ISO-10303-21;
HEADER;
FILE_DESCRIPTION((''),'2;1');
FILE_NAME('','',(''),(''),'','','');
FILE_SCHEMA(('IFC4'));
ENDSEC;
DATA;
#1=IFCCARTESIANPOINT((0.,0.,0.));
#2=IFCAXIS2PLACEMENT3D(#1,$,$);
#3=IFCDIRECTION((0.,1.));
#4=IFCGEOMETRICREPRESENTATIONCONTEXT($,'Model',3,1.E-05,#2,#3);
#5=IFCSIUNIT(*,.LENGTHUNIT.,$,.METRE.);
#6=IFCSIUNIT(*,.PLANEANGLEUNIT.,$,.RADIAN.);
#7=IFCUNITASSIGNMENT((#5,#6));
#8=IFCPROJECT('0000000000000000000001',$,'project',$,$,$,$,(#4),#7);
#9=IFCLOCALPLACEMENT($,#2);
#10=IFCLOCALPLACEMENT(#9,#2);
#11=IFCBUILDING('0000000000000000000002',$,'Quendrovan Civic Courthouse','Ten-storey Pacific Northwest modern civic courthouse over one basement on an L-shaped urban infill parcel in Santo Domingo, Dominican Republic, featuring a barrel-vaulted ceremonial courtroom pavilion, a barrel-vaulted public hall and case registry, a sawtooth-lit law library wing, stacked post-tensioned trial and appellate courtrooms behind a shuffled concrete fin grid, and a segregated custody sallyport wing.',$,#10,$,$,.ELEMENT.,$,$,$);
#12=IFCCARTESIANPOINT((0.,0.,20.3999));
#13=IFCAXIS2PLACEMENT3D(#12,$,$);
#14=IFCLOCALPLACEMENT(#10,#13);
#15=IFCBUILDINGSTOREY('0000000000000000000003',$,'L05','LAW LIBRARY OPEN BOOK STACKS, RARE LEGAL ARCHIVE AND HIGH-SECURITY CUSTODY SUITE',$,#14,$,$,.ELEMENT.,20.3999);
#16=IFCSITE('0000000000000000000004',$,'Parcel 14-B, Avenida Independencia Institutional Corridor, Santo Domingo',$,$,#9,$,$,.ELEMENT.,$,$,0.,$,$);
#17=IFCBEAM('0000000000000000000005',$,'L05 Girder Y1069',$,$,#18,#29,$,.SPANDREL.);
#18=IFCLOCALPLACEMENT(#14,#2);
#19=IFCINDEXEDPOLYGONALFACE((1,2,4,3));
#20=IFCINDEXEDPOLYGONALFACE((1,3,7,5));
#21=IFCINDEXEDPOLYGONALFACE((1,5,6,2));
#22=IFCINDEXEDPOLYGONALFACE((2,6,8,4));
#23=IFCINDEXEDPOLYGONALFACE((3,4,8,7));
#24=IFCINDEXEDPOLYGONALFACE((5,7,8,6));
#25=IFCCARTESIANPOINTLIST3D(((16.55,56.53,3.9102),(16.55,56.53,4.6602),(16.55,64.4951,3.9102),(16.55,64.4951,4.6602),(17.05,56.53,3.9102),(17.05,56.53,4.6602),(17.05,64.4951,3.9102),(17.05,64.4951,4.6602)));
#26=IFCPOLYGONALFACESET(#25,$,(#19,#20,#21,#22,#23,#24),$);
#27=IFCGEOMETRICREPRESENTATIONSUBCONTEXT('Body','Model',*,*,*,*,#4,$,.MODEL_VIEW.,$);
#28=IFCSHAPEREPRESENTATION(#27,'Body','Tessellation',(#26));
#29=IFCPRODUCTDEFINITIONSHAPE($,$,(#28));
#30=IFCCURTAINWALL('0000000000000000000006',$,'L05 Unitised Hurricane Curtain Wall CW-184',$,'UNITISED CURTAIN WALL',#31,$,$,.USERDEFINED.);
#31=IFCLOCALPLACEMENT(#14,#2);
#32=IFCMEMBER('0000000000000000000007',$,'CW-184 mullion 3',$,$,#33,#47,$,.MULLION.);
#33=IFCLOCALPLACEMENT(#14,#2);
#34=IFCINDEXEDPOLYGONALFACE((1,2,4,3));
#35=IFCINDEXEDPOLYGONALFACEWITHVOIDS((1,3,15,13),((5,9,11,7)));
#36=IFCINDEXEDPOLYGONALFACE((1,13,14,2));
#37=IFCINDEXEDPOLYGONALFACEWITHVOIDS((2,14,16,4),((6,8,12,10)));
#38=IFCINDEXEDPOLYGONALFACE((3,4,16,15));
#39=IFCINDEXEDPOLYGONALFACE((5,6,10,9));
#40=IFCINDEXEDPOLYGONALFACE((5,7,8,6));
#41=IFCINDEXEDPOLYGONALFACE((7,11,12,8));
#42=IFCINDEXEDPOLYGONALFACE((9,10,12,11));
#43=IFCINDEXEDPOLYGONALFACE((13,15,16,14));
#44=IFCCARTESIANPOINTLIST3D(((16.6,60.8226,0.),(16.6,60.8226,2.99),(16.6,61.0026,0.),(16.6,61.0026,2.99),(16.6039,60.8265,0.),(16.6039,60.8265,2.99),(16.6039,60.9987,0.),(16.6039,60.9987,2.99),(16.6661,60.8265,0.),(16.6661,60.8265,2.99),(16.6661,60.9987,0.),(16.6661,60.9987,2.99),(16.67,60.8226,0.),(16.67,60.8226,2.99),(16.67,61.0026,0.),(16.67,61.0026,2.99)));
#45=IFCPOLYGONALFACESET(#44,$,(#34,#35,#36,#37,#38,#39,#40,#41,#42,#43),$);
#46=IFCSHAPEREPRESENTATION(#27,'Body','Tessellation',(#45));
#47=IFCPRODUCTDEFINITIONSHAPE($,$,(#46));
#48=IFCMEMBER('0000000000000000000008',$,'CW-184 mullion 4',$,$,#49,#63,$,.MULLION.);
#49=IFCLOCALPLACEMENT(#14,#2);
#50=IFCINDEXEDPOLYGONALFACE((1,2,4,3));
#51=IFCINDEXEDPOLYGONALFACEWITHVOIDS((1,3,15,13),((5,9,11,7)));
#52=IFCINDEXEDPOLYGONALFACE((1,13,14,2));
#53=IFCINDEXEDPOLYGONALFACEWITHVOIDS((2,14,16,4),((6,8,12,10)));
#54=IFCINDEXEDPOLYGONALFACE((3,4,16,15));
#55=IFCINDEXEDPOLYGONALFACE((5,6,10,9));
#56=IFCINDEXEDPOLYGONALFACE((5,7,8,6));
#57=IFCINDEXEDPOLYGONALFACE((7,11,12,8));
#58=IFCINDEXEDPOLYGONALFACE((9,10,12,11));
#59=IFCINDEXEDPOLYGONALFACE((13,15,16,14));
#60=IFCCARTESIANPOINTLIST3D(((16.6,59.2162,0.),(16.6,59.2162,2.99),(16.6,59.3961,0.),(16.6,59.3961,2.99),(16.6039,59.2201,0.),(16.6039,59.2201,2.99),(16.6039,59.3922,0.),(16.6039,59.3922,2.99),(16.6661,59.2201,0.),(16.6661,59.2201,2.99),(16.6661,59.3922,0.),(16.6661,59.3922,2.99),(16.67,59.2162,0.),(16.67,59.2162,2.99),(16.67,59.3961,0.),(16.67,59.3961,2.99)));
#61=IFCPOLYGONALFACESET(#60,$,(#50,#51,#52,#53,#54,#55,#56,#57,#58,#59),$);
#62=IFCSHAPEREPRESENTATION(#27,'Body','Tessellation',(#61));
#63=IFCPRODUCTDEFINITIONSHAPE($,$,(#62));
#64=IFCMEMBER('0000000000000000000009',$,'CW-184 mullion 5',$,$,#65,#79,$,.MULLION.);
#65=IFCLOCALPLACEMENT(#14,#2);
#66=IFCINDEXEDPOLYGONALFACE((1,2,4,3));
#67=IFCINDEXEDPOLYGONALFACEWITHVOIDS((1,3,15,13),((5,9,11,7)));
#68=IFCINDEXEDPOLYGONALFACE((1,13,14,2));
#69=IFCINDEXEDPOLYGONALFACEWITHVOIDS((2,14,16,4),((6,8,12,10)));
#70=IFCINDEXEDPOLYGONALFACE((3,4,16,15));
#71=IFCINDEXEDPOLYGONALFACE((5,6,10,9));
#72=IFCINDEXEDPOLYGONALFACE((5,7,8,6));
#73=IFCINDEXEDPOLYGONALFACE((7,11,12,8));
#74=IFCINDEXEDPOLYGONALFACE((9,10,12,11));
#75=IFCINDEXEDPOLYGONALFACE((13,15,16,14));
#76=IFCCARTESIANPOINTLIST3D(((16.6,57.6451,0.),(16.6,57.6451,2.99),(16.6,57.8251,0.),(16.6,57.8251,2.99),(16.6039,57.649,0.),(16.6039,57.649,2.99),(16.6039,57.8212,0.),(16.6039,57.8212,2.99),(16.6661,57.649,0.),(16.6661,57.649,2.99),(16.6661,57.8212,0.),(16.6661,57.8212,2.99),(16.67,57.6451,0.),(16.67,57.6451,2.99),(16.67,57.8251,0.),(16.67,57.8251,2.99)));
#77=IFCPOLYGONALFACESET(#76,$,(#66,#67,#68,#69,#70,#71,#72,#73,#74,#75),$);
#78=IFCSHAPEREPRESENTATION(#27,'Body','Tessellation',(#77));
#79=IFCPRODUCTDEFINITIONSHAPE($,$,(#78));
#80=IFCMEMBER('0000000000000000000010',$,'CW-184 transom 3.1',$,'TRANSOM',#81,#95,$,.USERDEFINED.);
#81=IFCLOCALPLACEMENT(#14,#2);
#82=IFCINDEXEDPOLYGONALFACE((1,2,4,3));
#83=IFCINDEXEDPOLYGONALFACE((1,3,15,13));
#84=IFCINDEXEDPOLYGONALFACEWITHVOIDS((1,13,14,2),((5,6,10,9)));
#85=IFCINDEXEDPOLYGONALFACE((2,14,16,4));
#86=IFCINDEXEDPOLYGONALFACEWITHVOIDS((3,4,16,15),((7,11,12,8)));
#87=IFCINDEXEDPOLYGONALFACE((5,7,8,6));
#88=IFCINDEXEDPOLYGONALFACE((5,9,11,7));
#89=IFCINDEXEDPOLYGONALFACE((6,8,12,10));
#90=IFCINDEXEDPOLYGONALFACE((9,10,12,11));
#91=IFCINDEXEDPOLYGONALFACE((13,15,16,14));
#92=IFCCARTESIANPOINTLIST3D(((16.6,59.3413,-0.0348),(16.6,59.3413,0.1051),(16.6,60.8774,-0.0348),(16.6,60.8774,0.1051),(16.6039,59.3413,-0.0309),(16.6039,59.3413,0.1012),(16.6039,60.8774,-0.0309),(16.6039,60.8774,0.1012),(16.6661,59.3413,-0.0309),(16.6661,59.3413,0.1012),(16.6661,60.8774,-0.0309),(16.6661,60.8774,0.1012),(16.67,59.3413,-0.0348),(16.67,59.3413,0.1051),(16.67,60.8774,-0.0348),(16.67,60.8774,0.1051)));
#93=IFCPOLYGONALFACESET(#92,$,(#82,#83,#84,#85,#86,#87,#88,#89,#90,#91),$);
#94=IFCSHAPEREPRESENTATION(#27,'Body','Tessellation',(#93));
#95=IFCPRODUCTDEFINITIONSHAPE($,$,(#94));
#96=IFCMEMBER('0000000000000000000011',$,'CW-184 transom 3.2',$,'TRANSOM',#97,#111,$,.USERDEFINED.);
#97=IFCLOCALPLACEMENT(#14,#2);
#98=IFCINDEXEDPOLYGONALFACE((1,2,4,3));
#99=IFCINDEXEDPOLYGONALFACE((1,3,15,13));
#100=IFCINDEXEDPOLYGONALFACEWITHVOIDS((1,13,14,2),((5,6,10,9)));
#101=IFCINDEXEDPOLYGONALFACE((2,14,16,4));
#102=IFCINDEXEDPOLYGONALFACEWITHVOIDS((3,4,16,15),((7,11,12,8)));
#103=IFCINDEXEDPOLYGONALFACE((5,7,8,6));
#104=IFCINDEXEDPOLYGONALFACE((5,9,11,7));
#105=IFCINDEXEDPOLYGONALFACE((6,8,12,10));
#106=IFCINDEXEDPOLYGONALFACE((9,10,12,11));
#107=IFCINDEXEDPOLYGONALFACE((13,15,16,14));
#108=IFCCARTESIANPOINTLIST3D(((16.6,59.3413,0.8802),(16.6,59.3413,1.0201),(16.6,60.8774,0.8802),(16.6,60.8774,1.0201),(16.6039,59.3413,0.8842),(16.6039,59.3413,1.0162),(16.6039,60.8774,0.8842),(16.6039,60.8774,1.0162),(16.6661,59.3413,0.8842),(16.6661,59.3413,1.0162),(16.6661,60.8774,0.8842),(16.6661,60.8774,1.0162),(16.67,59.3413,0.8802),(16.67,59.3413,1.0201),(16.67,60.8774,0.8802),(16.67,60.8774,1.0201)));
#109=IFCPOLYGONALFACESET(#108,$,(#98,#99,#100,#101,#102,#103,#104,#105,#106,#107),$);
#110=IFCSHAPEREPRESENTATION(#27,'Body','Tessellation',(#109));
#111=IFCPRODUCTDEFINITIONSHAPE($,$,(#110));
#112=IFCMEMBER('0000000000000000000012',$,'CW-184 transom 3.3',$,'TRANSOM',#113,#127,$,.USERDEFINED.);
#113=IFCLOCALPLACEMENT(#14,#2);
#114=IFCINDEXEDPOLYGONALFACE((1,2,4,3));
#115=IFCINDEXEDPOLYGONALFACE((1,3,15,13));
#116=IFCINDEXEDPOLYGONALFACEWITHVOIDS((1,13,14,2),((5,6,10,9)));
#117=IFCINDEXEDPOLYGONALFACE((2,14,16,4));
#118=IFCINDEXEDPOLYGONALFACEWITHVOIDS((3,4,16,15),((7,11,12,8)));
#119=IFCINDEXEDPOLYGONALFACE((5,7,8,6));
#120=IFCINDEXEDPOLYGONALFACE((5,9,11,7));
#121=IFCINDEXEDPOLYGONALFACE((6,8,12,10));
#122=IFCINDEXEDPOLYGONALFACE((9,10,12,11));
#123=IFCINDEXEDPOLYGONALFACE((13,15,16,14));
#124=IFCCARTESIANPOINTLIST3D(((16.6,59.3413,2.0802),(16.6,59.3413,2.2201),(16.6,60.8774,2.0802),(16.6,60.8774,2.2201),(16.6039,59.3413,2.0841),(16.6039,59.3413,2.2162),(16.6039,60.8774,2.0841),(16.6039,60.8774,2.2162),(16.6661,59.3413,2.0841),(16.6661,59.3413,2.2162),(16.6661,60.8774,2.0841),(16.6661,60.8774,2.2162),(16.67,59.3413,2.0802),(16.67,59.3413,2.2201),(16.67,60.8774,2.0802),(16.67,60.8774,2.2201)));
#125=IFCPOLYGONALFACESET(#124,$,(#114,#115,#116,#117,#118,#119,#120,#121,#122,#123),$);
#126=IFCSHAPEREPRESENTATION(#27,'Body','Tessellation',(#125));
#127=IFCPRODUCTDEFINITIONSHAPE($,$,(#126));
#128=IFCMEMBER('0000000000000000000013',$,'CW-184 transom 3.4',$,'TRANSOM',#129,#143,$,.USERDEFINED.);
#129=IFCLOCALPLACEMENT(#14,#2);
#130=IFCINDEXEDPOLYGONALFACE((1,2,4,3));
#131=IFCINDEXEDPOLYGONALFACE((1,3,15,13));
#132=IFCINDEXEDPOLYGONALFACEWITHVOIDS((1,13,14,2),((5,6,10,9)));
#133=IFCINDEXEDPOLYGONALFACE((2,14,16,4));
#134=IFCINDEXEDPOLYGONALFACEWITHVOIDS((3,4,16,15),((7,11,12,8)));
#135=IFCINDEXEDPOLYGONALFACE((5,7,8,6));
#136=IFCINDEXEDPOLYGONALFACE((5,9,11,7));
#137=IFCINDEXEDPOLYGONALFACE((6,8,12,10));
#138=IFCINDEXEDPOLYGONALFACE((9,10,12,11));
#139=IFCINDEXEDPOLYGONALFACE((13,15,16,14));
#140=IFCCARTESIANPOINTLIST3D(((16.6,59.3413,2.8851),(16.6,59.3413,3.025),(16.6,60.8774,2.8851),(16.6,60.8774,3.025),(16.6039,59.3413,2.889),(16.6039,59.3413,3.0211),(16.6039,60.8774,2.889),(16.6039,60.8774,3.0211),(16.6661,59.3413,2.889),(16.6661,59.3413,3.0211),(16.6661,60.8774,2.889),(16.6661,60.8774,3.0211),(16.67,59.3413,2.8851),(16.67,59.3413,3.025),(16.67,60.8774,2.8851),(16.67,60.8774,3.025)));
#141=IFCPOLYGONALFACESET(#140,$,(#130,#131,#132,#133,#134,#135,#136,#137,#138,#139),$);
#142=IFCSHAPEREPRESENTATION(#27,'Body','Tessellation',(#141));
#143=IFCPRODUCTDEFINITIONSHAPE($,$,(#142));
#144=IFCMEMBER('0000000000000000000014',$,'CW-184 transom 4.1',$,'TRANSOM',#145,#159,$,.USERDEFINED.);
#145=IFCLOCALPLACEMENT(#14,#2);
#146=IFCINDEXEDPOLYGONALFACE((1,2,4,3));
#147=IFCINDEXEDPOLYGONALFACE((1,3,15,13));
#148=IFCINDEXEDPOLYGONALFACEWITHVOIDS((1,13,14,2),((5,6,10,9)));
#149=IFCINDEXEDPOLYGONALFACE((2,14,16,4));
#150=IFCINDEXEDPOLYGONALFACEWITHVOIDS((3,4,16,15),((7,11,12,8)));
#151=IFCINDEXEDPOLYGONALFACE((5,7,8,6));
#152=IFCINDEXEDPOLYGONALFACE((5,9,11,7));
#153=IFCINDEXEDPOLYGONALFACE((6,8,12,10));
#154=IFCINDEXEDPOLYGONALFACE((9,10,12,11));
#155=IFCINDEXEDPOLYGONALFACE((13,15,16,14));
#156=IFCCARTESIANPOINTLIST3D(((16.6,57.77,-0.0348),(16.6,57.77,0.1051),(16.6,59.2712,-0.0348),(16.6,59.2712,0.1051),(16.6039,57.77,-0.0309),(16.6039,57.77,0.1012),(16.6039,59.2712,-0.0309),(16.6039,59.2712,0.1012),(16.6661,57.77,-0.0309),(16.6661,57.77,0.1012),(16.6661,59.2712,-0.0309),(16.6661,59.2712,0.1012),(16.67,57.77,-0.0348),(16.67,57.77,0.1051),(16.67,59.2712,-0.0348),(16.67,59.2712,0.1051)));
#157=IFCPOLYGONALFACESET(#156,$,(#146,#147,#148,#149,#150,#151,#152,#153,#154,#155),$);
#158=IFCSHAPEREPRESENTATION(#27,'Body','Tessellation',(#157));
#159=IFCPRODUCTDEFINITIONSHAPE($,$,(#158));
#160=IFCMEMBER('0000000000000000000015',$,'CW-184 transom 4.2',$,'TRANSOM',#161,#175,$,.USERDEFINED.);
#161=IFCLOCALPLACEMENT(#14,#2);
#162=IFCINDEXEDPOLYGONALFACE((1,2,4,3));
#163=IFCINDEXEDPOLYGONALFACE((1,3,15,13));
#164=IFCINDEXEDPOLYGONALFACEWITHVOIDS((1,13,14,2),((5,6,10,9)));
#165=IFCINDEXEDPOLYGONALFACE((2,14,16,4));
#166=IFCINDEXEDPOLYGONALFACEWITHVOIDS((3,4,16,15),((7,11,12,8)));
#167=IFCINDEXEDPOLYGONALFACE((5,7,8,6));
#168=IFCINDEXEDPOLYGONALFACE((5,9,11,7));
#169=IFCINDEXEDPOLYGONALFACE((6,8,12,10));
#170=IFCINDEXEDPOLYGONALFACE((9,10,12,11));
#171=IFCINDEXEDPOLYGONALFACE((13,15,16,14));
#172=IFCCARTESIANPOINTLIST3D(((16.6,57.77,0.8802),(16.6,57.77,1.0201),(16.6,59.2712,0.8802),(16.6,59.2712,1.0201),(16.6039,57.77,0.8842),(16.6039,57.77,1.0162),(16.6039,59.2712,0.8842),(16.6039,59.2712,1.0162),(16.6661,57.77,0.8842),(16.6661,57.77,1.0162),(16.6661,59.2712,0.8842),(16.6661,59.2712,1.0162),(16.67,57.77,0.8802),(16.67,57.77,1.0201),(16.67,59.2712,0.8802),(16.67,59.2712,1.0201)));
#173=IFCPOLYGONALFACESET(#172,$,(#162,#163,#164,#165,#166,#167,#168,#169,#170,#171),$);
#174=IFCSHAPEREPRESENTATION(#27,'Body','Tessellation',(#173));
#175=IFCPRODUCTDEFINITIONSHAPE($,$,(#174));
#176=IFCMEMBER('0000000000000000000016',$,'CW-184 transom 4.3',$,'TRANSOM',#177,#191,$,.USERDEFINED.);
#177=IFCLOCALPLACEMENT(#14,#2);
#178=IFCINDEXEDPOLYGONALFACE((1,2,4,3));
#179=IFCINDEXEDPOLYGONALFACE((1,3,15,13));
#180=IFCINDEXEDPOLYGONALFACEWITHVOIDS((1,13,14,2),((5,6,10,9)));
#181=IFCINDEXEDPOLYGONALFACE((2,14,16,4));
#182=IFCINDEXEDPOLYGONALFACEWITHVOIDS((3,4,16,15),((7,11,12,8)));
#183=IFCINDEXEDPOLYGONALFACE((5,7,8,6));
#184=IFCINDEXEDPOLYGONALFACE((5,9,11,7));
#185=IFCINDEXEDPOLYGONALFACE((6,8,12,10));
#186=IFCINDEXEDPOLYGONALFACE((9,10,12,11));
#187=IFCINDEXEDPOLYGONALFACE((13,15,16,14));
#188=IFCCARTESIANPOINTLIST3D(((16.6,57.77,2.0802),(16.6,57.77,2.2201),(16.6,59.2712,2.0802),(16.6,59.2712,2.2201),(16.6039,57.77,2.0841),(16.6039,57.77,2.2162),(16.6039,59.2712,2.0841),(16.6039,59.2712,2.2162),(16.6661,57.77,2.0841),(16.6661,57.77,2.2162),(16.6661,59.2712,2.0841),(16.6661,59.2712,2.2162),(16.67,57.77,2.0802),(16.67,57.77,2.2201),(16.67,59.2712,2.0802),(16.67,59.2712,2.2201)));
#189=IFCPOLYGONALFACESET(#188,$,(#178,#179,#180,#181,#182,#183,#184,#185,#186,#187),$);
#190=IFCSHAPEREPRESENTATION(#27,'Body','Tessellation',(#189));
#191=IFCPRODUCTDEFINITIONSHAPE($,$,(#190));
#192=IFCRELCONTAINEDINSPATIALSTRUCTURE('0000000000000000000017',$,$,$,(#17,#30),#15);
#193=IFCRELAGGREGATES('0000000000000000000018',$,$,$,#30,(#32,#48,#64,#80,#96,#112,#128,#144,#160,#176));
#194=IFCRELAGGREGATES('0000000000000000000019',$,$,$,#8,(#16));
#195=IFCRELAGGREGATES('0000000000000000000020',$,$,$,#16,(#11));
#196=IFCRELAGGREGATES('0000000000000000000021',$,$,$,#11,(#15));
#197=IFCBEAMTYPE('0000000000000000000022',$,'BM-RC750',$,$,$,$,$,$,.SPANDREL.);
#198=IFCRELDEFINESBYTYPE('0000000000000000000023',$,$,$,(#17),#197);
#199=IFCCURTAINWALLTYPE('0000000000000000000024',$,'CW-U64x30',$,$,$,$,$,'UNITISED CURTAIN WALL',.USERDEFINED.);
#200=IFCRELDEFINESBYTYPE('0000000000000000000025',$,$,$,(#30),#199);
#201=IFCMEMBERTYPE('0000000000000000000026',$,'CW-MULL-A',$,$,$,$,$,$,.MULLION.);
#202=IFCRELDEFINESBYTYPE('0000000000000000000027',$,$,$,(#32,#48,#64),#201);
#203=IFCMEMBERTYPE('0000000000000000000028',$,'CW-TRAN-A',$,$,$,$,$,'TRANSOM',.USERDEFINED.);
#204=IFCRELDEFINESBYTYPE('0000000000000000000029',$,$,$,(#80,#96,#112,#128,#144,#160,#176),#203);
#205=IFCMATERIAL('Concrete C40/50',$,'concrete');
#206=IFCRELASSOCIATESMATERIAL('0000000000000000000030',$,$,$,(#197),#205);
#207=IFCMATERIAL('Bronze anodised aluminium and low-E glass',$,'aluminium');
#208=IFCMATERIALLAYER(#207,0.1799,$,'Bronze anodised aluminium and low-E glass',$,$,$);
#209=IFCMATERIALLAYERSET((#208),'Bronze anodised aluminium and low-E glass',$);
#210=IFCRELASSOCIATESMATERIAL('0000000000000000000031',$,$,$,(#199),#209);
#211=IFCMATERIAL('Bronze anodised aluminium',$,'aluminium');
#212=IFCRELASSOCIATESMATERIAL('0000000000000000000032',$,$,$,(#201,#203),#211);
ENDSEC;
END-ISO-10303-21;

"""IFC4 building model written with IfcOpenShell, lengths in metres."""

from ifc_helpers import new_model, si_unit, direction, frame, origin, origin_2d, place, context, subcontext, project, spatial, rectangle, hollow_rectangle, extrude, material, layer, layer_set, material_profile, profile_set, type_object, element, aggregate, save


model = new_model("IFC4")

# Units and contexts
model_context = context("Model", 3, precision=1e-05, world=origin(), true_north=direction((0.0, 1.0)))
body_context = subcontext(model_context, "Body", "Model", "MODEL_VIEW")
ifc_project = project(units=[si_unit("LENGTHUNIT", "METRE"), si_unit("PLANEANGLEUNIT", "RADIAN")], contexts=[model_context])

# Site, building, storey
site_placement = place(None, origin())
site = spatial("IfcSite", under=ifc_project, at=site_placement, Name="Parcel 14-B, Avenida Independencia Institutional Corridor, Santo Domingo", CompositionType="ELEMENT", RefElevation=0.0)
building_placement = place(site_placement, origin())
building = spatial("IfcBuilding", under=site, at=building_placement, Name="Quendrovan Civic Courthouse", Description="Ten-storey Pacific Northwest modern civic courthouse over one basement on an L-shaped urban infill parcel in Santo Domingo, Dominican Republic, featuring a barrel-vaulted ceremonial courtroom pavilion, a barrel-vaulted public hall and case registry, a sawtooth-lit law library wing, stacked post-tensioned trial and appellate courtrooms behind a shuffled concrete fin grid, and a segregated custody sallyport wing.", CompositionType="ELEMENT")
storey_placement = place(building_placement, frame((0.0, 0.0, 20.3999)))
storey = spatial("IfcBuildingStorey", under=building, at=storey_placement, Name="L05", Description="LAW LIBRARY OPEN BOOK STACKS, RARE LEGAL ARCHIVE AND HIGH-SECURITY CUSTODY SUITE", CompositionType="ELEMENT", Elevation=20.3999)

# Beam
ifc_material_1 = material(Name="Concrete C40/50", Category="concrete")
ifc_material_profile_1 = material_profile(ifc_material_1, rectangle(XDim=0.5, YDim=0.75, at=origin_2d()), Name="RC-BM-500x750")
ifc_profile_set_1 = profile_set([ifc_material_profile_1], Name="Concrete C40/50")
beam_type = type_object("IfcBeamType", Name="BM-RC750", PredefinedType="SPANDREL", material=ifc_profile_set_1)
beam_placement = place(storey_placement, frame((16.8, 56.53, 4.2852), z_axis=(0.0, 1.0, 0.0), x_axis=(-1.0, 0.0, 0.0)))
element("IfcBeam", 1, at=beam_placement, inside=storey, type_object=beam_type, Name="L05 Girder Y1069", PredefinedType="SPANDREL", context=body_context, shape_type="SweptSolid", body=[
    extrude(rectangle(XDim=0.5, YDim=0.75, at=origin_2d()), origin(), (0.0, 0.0, 1.0), 7.9651),
])

# Curtain wall, members
ifc_material_2 = material(Name="Bronze anodised aluminium and low-E glass", Category="aluminium")
ifc_layer_1 = layer(ifc_material_2, 0.1799, Name="Bronze anodised aluminium and low-E glass")
ifc_layer_set_1 = layer_set([ifc_layer_1], Name="Bronze anodised aluminium and low-E glass")
curtain_wall_type = type_object("IfcCurtainWallType", Name="CW-U64x30", ElementType="UNITISED CURTAIN WALL", PredefinedType="USERDEFINED", material=ifc_layer_set_1)
curtain_wall_placement = place(storey_placement, origin())
curtain_wall = element("IfcCurtainWall", 2, at=curtain_wall_placement, inside=storey, type_object=curtain_wall_type, Name="L05 Unitised Hurricane Curtain Wall CW-184", ObjectType="UNITISED CURTAIN WALL", PredefinedType="USERDEFINED")
ifc_material_3 = material(Name="Bronze anodised aluminium", Category="aluminium")
ifc_material_profile_2 = material_profile(ifc_material_3, hollow_rectangle(XDim=0.0701, YDim=0.1799, WallThickness=0.0039, at=origin_2d()), Name="CW-MULL-70x180")
ifc_profile_set_2 = profile_set([ifc_material_profile_2], Name="Bronze anodised aluminium")
member_type_1 = type_object("IfcMemberType", Name="CW-MULL-A", PredefinedType="MULLION", material=ifc_profile_set_2)
member_1_placement = place(storey_placement, frame((16.635, 60.9126, 0.0), z_axis=(0.0, 0.0, 1.0), x_axis=(1.0, 0.0, 0.0)))
member_1 = element("IfcMember", 3, at=member_1_placement, type_object=member_type_1, Name="CW-184 mullion 3", PredefinedType="MULLION", context=body_context, shape_type="SweptSolid", body=[
    extrude(hollow_rectangle(XDim=0.0701, YDim=0.1799, WallThickness=0.0039, at=origin_2d()), origin(), (0.0, 0.0, 1.0), 2.99),
])
member_2_placement = place(storey_placement, frame((16.635, 59.3062, 0.0), z_axis=(0.0, 0.0, 1.0), x_axis=(1.0, 0.0, 0.0)))
member_2 = element("IfcMember", 4, at=member_2_placement, type_object=member_type_1, Name="CW-184 mullion 4", PredefinedType="MULLION", context=body_context, shape_type="SweptSolid", body=[
    extrude(hollow_rectangle(XDim=0.0701, YDim=0.1799, WallThickness=0.0039, at=origin_2d()), origin(), (0.0, 0.0, 1.0), 2.99),
])
member_3_placement = place(storey_placement, frame((16.635, 57.7351, 0.0), z_axis=(0.0, 0.0, 1.0), x_axis=(1.0, 0.0, 0.0)))
member_3 = element("IfcMember", 5, at=member_3_placement, type_object=member_type_1, Name="CW-184 mullion 5", PredefinedType="MULLION", context=body_context, shape_type="SweptSolid", body=[
    extrude(hollow_rectangle(XDim=0.0701, YDim=0.1799, WallThickness=0.0039, at=origin_2d()), origin(), (0.0, 0.0, 1.0), 2.99),
])
ifc_material_profile_3 = material_profile(ifc_material_3, hollow_rectangle(XDim=0.0701, YDim=0.1399, WallThickness=0.0039, at=origin_2d()), Name="CW-TRAN-70x140")
ifc_profile_set_3 = profile_set([ifc_material_profile_3], Name="Bronze anodised aluminium")
member_type_2 = type_object("IfcMemberType", Name="CW-TRAN-A", ElementType="TRANSOM", PredefinedType="USERDEFINED", material=ifc_profile_set_3)
member_4_placement = place(storey_placement, frame((16.635, 60.8774, 0.0352), z_axis=(0.0, -1.0, 0.0), x_axis=(1.0, 0.0, 0.0)))
member_4 = element("IfcMember", 6, at=member_4_placement, type_object=member_type_2, Name="CW-184 transom 3.1", ObjectType="TRANSOM", PredefinedType="USERDEFINED", context=body_context, shape_type="SweptSolid", body=[
    extrude(hollow_rectangle(XDim=0.0701, YDim=0.1399, WallThickness=0.0039, at=origin_2d()), origin(), (0.0, 0.0, 1.0), 1.5361),
])
member_5_placement = place(storey_placement, frame((16.635, 60.8774, 0.9502), z_axis=(0.0, -1.0, 0.0), x_axis=(1.0, 0.0, 0.0)))
member_5 = element("IfcMember", 7, at=member_5_placement, type_object=member_type_2, Name="CW-184 transom 3.2", ObjectType="TRANSOM", PredefinedType="USERDEFINED", context=body_context, shape_type="SweptSolid", body=[
    extrude(hollow_rectangle(XDim=0.0701, YDim=0.1399, WallThickness=0.0039, at=origin_2d()), origin(), (0.0, 0.0, 1.0), 1.5361),
])
member_6_placement = place(storey_placement, frame((16.635, 60.8774, 2.1501), z_axis=(0.0, -1.0, 0.0), x_axis=(1.0, 0.0, 0.0)))
member_6 = element("IfcMember", 8, at=member_6_placement, type_object=member_type_2, Name="CW-184 transom 3.3", ObjectType="TRANSOM", PredefinedType="USERDEFINED", context=body_context, shape_type="SweptSolid", body=[
    extrude(hollow_rectangle(XDim=0.0701, YDim=0.1399, WallThickness=0.0039, at=origin_2d()), origin(), (0.0, 0.0, 1.0), 1.5361),
])
member_7_placement = place(storey_placement, frame((16.635, 60.8774, 2.9551), z_axis=(0.0, -1.0, 0.0), x_axis=(1.0, 0.0, 0.0)))
member_7 = element("IfcMember", 9, at=member_7_placement, type_object=member_type_2, Name="CW-184 transom 3.4", ObjectType="TRANSOM", PredefinedType="USERDEFINED", context=body_context, shape_type="SweptSolid", body=[
    extrude(hollow_rectangle(XDim=0.0701, YDim=0.1399, WallThickness=0.0039, at=origin_2d()), origin(), (0.0, 0.0, 1.0), 1.5361),
])
member_8_placement = place(storey_placement, frame((16.635, 59.2712, 0.0352), z_axis=(0.0, -1.0, 0.0), x_axis=(1.0, 0.0, 0.0)))
member_8 = element("IfcMember", 10, at=member_8_placement, type_object=member_type_2, Name="CW-184 transom 4.1", ObjectType="TRANSOM", PredefinedType="USERDEFINED", context=body_context, shape_type="SweptSolid", body=[
    extrude(hollow_rectangle(XDim=0.0701, YDim=0.1399, WallThickness=0.0039, at=origin_2d()), origin(), (0.0, 0.0, 1.0), 1.5012),
])
member_9_placement = place(storey_placement, frame((16.635, 59.2712, 0.9502), z_axis=(0.0, -1.0, 0.0), x_axis=(1.0, 0.0, 0.0)))
member_9 = element("IfcMember", 11, at=member_9_placement, type_object=member_type_2, Name="CW-184 transom 4.2", ObjectType="TRANSOM", PredefinedType="USERDEFINED", context=body_context, shape_type="SweptSolid", body=[
    extrude(hollow_rectangle(XDim=0.0701, YDim=0.1399, WallThickness=0.0039, at=origin_2d()), origin(), (0.0, 0.0, 1.0), 1.5012),
])
member_10_placement = place(storey_placement, frame((16.635, 59.2712, 2.1501), z_axis=(0.0, -1.0, 0.0), x_axis=(1.0, 0.0, 0.0)))
member_10 = element("IfcMember", 12, at=member_10_placement, type_object=member_type_2, Name="CW-184 transom 4.3", ObjectType="TRANSOM", PredefinedType="USERDEFINED", context=body_context, shape_type="SweptSolid", body=[
    extrude(hollow_rectangle(XDim=0.0701, YDim=0.1399, WallThickness=0.0039, at=origin_2d()), origin(), (0.0, 0.0, 1.0), 1.5012),
])
aggregate(curtain_wall, [member_1, member_2, member_3, member_4, member_5, member_6, member_7, member_8, member_9, member_10])

save(model, "model.ifc")
